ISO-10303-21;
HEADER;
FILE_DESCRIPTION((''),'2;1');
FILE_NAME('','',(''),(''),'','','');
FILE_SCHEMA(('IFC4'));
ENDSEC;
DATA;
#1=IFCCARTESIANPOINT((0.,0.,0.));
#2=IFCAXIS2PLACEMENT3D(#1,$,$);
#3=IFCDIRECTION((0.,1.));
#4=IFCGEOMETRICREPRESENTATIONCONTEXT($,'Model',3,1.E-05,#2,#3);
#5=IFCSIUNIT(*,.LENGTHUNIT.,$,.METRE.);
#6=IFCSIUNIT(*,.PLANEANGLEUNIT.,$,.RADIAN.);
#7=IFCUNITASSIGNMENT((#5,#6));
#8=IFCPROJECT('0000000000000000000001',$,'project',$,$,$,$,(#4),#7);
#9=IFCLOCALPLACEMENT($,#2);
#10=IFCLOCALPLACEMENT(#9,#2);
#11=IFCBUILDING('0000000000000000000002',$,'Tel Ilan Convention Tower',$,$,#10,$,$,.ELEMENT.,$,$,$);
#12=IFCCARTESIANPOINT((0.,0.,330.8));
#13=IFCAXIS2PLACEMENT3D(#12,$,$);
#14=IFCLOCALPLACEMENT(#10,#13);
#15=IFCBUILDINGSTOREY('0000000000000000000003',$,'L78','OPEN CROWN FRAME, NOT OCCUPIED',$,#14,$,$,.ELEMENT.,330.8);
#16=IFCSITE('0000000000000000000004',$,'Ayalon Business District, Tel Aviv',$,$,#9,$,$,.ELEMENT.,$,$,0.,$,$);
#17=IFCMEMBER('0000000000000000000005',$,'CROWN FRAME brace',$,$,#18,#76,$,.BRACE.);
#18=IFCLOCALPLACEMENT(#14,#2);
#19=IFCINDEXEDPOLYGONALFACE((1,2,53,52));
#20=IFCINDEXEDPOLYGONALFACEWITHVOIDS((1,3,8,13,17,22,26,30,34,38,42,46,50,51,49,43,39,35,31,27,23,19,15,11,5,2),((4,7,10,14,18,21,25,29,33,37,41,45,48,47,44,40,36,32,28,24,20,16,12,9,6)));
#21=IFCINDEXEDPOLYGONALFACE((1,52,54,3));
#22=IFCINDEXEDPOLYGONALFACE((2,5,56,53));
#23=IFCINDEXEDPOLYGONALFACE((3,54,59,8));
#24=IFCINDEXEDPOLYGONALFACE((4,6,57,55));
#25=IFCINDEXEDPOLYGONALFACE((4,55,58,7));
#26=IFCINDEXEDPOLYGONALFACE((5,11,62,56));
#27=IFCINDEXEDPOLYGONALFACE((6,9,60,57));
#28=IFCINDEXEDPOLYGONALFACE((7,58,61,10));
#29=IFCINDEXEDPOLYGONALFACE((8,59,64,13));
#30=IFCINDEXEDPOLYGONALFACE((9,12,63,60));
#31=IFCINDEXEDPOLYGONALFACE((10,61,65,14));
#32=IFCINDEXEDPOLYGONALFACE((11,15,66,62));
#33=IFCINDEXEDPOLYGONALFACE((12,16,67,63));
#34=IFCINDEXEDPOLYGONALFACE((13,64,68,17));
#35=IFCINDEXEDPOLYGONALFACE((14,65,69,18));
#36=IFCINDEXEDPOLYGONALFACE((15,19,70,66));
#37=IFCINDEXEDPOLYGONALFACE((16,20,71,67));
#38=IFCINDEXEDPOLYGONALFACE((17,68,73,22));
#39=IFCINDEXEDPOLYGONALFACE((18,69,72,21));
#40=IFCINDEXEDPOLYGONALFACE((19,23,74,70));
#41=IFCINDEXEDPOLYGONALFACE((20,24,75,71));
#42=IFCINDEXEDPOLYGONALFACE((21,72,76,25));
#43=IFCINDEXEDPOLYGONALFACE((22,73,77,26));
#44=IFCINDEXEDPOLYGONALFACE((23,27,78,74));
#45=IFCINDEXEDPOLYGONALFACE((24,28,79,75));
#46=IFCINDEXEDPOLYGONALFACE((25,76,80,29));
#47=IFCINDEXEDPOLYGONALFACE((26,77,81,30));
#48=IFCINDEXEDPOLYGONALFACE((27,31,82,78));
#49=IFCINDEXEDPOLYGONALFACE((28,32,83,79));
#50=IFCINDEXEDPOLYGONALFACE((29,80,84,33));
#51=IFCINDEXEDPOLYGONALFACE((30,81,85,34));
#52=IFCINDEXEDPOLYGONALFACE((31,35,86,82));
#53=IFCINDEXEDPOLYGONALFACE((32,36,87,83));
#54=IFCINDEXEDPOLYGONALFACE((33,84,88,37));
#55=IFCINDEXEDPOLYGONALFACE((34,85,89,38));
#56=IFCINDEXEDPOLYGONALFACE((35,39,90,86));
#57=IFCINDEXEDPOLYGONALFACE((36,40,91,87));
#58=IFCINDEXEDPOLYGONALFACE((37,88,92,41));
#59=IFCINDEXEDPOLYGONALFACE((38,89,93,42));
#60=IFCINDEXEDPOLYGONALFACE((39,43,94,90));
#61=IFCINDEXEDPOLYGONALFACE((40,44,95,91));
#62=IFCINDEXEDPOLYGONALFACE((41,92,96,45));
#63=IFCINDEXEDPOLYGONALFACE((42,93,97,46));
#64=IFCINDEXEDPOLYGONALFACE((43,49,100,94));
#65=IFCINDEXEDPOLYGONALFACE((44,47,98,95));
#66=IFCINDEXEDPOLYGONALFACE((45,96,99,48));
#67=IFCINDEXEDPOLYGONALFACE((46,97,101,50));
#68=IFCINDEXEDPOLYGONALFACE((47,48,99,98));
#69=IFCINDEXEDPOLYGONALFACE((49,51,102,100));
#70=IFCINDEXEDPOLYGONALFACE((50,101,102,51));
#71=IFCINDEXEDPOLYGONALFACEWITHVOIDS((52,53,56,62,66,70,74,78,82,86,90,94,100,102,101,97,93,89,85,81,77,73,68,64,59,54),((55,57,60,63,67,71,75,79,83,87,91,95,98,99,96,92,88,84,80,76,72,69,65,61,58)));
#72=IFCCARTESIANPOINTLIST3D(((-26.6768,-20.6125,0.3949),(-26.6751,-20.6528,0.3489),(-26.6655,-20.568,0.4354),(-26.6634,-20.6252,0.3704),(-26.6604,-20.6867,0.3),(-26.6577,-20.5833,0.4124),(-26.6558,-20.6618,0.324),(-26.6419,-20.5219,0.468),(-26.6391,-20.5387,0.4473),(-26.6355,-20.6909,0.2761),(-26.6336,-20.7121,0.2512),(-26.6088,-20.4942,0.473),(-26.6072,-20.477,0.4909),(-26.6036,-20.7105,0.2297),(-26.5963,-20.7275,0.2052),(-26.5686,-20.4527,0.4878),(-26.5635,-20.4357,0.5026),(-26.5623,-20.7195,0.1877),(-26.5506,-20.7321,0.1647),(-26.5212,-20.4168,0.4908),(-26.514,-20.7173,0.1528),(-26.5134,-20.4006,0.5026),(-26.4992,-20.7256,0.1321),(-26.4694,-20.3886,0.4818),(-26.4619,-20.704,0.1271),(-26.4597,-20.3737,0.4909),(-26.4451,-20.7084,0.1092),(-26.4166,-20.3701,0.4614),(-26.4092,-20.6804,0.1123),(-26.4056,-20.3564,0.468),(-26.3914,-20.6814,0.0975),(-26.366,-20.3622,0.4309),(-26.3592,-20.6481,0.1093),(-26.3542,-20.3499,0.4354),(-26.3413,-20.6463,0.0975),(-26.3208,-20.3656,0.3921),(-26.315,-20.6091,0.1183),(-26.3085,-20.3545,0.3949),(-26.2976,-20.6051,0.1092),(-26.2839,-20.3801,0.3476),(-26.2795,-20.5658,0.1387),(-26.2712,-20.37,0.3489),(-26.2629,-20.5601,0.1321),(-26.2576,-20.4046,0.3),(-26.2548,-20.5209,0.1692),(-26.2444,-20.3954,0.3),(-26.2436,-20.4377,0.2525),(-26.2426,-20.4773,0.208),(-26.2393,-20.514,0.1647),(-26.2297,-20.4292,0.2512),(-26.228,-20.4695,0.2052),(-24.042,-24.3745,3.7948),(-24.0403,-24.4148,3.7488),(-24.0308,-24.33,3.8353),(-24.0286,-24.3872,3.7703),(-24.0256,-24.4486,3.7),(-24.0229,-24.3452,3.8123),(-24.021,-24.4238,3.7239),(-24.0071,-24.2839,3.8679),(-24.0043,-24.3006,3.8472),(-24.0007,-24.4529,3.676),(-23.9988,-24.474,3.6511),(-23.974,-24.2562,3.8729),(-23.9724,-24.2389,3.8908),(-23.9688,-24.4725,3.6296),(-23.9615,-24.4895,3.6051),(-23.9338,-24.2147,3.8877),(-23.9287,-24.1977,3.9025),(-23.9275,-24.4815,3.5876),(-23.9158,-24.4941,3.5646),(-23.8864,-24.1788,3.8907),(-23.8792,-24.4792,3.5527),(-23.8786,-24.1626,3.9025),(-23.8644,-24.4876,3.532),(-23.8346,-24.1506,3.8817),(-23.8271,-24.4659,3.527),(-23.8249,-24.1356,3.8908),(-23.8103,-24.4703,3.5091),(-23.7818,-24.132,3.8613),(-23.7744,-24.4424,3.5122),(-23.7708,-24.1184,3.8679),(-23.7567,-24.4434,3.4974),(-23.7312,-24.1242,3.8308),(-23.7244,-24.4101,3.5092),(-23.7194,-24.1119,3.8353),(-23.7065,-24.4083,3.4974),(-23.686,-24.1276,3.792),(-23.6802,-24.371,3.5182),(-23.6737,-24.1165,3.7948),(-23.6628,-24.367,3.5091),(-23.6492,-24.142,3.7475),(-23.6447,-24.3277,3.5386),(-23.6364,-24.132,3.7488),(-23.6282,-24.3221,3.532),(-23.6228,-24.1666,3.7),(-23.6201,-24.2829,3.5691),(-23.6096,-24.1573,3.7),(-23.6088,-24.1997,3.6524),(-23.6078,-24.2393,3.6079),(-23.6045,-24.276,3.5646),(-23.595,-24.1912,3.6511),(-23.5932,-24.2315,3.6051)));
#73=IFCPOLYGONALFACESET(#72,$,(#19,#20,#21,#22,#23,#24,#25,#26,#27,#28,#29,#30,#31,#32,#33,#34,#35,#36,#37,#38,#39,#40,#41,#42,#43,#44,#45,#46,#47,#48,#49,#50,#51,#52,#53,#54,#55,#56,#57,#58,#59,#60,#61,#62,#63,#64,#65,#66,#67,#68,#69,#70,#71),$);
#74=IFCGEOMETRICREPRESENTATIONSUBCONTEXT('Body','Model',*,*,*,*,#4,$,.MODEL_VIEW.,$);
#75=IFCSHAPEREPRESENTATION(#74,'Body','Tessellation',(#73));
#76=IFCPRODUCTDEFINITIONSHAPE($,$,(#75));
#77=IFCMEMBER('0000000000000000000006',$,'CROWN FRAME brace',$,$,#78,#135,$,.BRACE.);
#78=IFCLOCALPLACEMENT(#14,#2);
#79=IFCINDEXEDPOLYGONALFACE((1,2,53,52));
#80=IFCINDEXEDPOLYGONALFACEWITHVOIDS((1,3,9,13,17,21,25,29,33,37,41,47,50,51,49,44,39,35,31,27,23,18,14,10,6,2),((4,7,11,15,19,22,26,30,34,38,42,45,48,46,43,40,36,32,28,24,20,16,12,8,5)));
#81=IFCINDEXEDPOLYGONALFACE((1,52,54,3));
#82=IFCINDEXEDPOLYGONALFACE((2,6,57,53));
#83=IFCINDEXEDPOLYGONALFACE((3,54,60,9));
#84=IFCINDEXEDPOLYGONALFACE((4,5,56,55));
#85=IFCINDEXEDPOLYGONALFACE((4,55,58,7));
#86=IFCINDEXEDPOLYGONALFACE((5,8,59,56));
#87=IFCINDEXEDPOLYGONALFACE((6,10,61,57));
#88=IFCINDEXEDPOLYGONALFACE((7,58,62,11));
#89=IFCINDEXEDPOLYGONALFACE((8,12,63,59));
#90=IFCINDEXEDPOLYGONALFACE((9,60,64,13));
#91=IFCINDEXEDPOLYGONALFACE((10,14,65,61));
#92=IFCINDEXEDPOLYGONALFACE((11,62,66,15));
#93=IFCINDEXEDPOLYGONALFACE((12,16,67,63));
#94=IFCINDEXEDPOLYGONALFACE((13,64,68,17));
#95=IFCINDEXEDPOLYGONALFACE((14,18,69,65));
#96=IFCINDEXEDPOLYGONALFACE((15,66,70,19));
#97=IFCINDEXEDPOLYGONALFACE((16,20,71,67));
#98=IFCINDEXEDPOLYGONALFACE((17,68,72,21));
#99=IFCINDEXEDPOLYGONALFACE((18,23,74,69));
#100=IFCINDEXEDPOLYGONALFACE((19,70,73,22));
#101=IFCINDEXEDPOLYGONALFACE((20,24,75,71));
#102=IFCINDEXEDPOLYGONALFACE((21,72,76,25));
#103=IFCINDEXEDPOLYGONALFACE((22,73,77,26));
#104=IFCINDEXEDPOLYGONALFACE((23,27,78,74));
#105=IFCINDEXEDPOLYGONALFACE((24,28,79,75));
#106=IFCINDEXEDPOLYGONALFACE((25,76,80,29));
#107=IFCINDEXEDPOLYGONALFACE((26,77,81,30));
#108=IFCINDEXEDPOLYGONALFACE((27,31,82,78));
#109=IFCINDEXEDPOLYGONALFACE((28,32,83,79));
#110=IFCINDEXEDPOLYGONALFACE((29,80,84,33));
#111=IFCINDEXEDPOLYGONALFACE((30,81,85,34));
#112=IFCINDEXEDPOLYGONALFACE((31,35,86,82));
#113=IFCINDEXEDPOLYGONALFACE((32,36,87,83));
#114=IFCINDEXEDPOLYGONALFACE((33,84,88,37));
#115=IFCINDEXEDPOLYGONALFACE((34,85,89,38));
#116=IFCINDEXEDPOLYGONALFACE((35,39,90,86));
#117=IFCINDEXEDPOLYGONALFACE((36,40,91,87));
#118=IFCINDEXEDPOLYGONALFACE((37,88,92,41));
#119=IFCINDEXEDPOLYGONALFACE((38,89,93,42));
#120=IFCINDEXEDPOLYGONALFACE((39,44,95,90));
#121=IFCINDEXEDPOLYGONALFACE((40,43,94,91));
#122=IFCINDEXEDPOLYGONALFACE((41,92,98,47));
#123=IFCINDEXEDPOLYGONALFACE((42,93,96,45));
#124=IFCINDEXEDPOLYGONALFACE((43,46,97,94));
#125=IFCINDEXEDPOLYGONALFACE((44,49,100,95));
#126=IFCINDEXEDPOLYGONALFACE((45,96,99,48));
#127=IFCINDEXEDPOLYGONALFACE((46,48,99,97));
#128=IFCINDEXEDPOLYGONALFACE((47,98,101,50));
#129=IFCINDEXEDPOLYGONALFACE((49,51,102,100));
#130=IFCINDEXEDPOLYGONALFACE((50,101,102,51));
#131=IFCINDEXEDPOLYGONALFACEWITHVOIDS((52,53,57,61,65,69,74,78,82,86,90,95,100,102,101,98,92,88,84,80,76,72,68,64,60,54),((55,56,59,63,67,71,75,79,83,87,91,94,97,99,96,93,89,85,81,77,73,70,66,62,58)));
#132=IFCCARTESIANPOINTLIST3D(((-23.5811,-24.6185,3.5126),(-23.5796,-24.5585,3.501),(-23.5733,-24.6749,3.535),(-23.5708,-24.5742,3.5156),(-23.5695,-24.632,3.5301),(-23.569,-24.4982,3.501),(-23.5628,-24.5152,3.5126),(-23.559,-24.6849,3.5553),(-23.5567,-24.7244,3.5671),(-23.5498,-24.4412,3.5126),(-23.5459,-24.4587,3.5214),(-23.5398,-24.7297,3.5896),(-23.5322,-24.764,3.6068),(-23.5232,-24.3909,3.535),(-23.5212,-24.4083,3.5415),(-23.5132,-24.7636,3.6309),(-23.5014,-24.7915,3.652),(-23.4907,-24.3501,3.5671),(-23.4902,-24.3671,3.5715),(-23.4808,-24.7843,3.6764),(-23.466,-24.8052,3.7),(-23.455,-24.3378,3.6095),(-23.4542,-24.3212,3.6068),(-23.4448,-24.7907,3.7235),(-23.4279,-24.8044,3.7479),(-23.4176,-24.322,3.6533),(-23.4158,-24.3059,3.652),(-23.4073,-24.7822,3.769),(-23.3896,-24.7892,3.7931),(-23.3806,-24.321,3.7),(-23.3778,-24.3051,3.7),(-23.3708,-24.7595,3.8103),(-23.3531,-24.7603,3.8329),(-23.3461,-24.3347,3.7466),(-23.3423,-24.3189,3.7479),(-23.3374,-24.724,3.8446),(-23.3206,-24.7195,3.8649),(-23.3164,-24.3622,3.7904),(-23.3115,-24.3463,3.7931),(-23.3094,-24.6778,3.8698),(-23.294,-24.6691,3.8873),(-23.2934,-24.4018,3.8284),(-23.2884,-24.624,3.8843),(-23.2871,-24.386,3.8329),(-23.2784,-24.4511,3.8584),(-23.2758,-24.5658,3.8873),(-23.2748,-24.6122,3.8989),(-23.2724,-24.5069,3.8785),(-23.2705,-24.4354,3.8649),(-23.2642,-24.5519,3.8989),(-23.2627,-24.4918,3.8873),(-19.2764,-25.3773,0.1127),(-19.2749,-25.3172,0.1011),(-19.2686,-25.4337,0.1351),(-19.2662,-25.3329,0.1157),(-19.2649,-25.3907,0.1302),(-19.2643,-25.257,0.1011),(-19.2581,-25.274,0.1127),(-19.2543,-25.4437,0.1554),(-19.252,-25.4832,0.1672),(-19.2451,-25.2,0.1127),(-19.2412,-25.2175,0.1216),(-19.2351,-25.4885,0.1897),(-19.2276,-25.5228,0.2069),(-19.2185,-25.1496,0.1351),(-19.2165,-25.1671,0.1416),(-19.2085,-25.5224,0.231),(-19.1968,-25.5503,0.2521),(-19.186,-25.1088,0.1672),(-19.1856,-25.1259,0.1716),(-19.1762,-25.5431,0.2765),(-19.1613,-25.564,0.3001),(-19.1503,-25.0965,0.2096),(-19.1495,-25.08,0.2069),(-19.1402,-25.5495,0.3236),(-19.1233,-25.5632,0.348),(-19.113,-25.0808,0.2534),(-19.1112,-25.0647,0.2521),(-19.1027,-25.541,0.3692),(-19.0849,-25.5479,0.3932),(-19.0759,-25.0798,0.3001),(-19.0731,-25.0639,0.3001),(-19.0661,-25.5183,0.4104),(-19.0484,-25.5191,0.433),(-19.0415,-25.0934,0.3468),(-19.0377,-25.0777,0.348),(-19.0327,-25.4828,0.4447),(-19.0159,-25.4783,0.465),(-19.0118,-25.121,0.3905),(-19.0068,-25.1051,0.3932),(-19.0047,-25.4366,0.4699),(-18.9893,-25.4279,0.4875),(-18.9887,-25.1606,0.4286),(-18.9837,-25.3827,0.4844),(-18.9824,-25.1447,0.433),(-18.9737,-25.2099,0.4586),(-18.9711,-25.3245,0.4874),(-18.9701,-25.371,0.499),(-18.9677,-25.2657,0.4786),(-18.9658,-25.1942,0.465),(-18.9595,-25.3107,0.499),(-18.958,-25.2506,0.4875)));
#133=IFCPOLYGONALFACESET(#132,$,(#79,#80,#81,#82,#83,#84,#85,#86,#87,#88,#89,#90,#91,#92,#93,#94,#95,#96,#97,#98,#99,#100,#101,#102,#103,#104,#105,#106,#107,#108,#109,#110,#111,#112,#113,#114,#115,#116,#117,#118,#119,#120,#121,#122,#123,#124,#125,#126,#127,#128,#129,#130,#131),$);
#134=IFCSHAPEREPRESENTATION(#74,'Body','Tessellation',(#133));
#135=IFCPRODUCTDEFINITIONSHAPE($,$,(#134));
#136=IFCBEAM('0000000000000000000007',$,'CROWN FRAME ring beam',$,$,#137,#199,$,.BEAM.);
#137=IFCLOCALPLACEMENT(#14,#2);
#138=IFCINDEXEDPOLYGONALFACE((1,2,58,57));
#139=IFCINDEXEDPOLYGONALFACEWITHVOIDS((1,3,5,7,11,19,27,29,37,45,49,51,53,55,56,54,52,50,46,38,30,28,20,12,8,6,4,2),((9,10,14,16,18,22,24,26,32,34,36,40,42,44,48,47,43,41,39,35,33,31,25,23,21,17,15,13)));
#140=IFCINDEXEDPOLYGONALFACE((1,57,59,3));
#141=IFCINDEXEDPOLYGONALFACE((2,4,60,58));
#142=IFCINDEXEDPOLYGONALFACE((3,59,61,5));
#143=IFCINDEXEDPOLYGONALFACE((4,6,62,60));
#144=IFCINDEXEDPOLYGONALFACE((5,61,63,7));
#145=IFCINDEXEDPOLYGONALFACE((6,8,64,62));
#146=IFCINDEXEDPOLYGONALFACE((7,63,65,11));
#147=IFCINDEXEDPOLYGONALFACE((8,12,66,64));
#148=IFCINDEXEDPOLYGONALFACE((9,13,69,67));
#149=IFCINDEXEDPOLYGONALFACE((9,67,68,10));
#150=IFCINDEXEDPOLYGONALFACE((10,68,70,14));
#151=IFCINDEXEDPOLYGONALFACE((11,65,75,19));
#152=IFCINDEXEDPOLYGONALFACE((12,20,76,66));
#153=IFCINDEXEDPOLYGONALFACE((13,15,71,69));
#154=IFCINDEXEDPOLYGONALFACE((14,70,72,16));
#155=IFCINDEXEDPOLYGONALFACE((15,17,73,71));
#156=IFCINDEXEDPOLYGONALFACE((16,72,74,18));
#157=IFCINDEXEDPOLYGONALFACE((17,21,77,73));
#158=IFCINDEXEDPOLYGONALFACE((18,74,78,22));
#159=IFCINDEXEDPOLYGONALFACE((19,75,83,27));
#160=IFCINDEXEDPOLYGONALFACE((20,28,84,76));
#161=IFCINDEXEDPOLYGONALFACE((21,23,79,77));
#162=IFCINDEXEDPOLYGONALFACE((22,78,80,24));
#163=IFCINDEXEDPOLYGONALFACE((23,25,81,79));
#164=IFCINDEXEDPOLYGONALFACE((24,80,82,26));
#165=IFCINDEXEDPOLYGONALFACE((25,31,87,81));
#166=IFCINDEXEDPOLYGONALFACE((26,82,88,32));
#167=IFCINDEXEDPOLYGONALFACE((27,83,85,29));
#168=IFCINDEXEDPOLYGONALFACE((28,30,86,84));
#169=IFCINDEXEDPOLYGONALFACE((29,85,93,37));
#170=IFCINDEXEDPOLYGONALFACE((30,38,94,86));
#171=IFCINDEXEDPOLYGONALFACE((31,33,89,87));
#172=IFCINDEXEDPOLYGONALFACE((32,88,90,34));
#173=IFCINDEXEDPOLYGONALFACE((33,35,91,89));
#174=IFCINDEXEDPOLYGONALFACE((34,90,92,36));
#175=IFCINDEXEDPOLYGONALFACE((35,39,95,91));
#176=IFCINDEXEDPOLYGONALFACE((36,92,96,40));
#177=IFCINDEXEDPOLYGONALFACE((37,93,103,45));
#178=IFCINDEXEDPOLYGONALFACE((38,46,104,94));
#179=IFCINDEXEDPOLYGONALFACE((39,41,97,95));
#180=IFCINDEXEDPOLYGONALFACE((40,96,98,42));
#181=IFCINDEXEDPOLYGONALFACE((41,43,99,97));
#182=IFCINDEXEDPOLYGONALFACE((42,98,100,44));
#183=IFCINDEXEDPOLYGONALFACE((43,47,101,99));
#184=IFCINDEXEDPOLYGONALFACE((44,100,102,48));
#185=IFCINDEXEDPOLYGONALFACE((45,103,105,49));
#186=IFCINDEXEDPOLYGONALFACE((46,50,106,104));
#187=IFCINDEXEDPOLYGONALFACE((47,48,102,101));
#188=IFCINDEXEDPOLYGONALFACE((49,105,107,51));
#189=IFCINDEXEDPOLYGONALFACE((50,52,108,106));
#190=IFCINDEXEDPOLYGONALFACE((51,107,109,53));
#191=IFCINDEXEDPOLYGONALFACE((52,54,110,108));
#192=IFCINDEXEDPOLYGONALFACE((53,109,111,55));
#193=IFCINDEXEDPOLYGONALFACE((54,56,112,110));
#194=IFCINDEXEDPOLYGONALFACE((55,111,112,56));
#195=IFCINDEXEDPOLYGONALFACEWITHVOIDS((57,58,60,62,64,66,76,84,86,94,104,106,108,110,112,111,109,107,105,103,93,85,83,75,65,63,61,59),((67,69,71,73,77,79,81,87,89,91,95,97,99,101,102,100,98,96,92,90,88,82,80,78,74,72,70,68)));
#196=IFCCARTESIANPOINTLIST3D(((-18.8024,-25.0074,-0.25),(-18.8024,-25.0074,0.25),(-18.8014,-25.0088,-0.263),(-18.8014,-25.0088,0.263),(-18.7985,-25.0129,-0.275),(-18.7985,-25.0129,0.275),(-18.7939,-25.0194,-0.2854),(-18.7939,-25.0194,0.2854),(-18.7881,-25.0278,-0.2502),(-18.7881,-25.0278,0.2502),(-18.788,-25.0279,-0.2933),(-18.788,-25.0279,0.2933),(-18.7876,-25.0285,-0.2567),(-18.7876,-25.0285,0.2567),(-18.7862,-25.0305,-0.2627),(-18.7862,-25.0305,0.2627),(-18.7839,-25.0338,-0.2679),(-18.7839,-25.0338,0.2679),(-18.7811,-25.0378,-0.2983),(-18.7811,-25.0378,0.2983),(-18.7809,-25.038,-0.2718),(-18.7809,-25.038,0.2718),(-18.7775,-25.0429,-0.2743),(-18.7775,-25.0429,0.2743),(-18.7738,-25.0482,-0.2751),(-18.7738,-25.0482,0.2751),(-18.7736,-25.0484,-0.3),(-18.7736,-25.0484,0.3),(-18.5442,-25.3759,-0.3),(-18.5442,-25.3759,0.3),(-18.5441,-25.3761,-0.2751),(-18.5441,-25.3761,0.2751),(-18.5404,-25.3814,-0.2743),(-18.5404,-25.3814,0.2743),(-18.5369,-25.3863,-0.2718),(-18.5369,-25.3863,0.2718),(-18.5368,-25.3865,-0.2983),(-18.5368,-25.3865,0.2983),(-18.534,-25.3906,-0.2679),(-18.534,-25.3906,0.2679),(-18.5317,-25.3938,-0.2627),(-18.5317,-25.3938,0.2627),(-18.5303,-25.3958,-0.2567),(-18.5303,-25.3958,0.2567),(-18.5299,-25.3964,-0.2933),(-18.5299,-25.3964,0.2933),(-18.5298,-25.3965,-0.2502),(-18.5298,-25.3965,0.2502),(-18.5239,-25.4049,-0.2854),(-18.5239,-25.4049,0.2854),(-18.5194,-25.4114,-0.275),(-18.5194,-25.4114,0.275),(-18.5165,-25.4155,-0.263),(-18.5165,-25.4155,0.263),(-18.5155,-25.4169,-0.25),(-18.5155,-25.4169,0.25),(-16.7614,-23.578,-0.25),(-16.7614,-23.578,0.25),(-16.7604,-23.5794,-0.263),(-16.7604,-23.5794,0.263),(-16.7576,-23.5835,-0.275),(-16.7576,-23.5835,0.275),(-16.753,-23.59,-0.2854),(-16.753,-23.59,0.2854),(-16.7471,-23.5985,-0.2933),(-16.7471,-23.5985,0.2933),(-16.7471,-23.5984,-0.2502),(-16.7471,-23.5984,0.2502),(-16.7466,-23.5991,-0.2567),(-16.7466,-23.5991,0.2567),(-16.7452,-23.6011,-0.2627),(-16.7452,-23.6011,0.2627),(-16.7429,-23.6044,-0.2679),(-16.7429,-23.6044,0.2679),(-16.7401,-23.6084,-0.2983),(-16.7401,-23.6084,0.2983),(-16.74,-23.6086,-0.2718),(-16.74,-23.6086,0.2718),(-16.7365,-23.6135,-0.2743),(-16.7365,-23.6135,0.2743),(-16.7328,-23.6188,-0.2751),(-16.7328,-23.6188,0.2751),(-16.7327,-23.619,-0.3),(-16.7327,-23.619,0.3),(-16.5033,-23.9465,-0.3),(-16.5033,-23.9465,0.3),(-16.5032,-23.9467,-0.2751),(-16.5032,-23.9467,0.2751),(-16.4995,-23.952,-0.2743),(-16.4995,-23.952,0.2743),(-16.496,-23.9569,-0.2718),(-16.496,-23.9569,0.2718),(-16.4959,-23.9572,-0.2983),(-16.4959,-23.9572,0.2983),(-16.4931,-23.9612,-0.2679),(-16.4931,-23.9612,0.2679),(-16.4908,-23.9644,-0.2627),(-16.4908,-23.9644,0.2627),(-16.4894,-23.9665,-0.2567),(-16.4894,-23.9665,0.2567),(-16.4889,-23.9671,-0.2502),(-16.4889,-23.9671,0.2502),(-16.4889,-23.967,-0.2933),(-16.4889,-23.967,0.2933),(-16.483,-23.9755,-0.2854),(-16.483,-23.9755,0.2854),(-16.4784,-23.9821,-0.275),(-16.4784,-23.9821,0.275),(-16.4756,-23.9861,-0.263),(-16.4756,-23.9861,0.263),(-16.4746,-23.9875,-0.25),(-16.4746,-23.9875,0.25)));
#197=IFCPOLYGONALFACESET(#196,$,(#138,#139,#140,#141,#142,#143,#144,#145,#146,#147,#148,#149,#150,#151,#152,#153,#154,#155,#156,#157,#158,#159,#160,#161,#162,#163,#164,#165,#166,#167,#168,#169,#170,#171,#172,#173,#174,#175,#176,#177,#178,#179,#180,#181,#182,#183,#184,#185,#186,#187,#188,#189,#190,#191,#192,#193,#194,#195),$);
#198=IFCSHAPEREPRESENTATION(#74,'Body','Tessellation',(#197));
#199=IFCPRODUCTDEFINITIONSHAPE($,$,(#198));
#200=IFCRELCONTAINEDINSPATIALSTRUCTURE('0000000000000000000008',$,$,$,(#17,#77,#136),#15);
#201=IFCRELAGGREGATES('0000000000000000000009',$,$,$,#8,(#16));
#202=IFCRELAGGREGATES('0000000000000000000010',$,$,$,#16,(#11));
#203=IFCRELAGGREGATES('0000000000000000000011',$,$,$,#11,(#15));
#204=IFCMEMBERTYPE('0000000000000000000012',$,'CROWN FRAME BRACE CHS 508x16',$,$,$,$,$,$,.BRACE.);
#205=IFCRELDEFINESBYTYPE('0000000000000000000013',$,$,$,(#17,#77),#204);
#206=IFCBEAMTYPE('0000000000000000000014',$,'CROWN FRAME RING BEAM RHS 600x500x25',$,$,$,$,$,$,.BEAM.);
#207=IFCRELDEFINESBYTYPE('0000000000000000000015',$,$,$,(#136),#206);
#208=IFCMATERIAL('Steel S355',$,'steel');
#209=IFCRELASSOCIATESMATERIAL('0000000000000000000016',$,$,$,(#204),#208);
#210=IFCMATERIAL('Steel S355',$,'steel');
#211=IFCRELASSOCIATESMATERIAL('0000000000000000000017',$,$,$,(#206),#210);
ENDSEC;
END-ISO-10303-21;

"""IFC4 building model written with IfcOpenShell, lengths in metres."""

from ifc_helpers import new_model, si_unit, direction, frame, origin, origin_2d, place, context, subcontext, project, spatial, hollow_rectangle, hollow_circle, extrude, material, material_profile, profile_set, type_object, element, save


model = new_model("IFC4")

# Units and contexts
model_context = context("Model", 3, precision=1e-05, world=origin(), true_north=direction((0.0, 1.0)))
body_context = subcontext(model_context, "Body", "Model", "MODEL_VIEW")
ifc_project = project(units=[si_unit("LENGTHUNIT", "METRE"), si_unit("PLANEANGLEUNIT", "RADIAN")], contexts=[model_context])

# Site, building, storey
site_placement = place(None, origin())
site = spatial("IfcSite", under=ifc_project, at=site_placement, Name="Ayalon Business District, Tel Aviv", CompositionType="ELEMENT", RefElevation=0.0)
building_placement = place(site_placement, origin())
building = spatial("IfcBuilding", under=site, at=building_placement, Name="Tel Ilan Convention Tower", CompositionType="ELEMENT")
storey_placement = place(building_placement, frame((0.0, 0.0, 330.8)))
storey = spatial("IfcBuildingStorey", under=building, at=storey_placement, Name="L78", Description="OPEN CROWN FRAME, NOT OCCUPIED", CompositionType="ELEMENT", Elevation=330.8)

# Members
ifc_material_1 = material(Name="Steel S355", Category="steel")
ifc_material_profile_1 = material_profile(ifc_material_1, hollow_circle(Radius=0.2539, WallThickness=0.0161, at=origin_2d()), Name="CHS 508x16")
ifc_profile_set_1 = profile_set([ifc_material_profile_1], Name="Steel S355")
member_type = type_object("IfcMemberType", Name="CROWN FRAME BRACE CHS 508x16", PredefinedType="BRACE", material=ifc_profile_set_1)
member_1_placement = place(storey_placement, frame((-26.4524, -20.541, 0.3), z_axis=(0.46108, -0.658337, 0.594977), x_axis=(0.81909, 0.573666, 0.0)))
element("IfcMember", 1, at=member_1_placement, inside=storey, type_object=member_type, Name="CROWN FRAME brace", PredefinedType="BRACE", context=body_context, shape_type="SweptSolid", body=[
    extrude(hollow_circle(Radius=0.2539, WallThickness=0.0161, at=origin_2d()), origin(), (0.0, 0.0, 1.0), 5.7144),
])
member_2_placement = place(storey_placement, frame((-23.4219, -24.5552, 3.7), z_axis=(0.777351, -0.137024, -0.613963), x_axis=(0.173594, 0.984817, 0.0)))
element("IfcMember", 2, at=member_2_placement, inside=storey, type_object=member_type, Name="CROWN FRAME brace", PredefinedType="BRACE", context=body_context, shape_type="SweptSolid", body=[
    extrude(hollow_circle(Radius=0.2539, WallThickness=0.0161, at=origin_2d()), origin(), (0.0, 0.0, 1.0), 5.5376),
])

# Beam
ifc_material_2 = material(Name="Steel S355", Category="steel")
ifc_material_profile_2 = material_profile(ifc_material_2, hollow_rectangle(XDim=0.5, YDim=0.6001, WallThickness=0.0249, InnerFilletRadius=0.0249, OuterFilletRadius=0.05, at=origin_2d()), Name="RHS 600x500x25")
ifc_profile_set_2 = profile_set([ifc_material_profile_2], Name="Steel S355")
beam_type = type_object("IfcBeamType", Name="CROWN FRAME RING BEAM RHS 600x500x25", PredefinedType="BEAM", material=ifc_profile_set_2)
beam_1_placement = place(storey_placement, frame((-18.6589, -25.2122, 0.0), z_axis=(0.819094, 0.57366, 0.0), x_axis=(-0.57366, 0.819094, 0.0)))
element("IfcBeam", 3, at=beam_1_placement, inside=storey, type_object=beam_type, Name="CROWN FRAME ring beam", PredefinedType="BEAM", context=body_context, shape_type="SweptSolid", body=[
    extrude(hollow_rectangle(XDim=0.5, YDim=0.6001, WallThickness=0.0249, InnerFilletRadius=0.0249, OuterFilletRadius=0.05, at=origin_2d()), origin(), (0.0, 0.0, 1.0), 2.4917),
])

save(model, "model.ifc")
